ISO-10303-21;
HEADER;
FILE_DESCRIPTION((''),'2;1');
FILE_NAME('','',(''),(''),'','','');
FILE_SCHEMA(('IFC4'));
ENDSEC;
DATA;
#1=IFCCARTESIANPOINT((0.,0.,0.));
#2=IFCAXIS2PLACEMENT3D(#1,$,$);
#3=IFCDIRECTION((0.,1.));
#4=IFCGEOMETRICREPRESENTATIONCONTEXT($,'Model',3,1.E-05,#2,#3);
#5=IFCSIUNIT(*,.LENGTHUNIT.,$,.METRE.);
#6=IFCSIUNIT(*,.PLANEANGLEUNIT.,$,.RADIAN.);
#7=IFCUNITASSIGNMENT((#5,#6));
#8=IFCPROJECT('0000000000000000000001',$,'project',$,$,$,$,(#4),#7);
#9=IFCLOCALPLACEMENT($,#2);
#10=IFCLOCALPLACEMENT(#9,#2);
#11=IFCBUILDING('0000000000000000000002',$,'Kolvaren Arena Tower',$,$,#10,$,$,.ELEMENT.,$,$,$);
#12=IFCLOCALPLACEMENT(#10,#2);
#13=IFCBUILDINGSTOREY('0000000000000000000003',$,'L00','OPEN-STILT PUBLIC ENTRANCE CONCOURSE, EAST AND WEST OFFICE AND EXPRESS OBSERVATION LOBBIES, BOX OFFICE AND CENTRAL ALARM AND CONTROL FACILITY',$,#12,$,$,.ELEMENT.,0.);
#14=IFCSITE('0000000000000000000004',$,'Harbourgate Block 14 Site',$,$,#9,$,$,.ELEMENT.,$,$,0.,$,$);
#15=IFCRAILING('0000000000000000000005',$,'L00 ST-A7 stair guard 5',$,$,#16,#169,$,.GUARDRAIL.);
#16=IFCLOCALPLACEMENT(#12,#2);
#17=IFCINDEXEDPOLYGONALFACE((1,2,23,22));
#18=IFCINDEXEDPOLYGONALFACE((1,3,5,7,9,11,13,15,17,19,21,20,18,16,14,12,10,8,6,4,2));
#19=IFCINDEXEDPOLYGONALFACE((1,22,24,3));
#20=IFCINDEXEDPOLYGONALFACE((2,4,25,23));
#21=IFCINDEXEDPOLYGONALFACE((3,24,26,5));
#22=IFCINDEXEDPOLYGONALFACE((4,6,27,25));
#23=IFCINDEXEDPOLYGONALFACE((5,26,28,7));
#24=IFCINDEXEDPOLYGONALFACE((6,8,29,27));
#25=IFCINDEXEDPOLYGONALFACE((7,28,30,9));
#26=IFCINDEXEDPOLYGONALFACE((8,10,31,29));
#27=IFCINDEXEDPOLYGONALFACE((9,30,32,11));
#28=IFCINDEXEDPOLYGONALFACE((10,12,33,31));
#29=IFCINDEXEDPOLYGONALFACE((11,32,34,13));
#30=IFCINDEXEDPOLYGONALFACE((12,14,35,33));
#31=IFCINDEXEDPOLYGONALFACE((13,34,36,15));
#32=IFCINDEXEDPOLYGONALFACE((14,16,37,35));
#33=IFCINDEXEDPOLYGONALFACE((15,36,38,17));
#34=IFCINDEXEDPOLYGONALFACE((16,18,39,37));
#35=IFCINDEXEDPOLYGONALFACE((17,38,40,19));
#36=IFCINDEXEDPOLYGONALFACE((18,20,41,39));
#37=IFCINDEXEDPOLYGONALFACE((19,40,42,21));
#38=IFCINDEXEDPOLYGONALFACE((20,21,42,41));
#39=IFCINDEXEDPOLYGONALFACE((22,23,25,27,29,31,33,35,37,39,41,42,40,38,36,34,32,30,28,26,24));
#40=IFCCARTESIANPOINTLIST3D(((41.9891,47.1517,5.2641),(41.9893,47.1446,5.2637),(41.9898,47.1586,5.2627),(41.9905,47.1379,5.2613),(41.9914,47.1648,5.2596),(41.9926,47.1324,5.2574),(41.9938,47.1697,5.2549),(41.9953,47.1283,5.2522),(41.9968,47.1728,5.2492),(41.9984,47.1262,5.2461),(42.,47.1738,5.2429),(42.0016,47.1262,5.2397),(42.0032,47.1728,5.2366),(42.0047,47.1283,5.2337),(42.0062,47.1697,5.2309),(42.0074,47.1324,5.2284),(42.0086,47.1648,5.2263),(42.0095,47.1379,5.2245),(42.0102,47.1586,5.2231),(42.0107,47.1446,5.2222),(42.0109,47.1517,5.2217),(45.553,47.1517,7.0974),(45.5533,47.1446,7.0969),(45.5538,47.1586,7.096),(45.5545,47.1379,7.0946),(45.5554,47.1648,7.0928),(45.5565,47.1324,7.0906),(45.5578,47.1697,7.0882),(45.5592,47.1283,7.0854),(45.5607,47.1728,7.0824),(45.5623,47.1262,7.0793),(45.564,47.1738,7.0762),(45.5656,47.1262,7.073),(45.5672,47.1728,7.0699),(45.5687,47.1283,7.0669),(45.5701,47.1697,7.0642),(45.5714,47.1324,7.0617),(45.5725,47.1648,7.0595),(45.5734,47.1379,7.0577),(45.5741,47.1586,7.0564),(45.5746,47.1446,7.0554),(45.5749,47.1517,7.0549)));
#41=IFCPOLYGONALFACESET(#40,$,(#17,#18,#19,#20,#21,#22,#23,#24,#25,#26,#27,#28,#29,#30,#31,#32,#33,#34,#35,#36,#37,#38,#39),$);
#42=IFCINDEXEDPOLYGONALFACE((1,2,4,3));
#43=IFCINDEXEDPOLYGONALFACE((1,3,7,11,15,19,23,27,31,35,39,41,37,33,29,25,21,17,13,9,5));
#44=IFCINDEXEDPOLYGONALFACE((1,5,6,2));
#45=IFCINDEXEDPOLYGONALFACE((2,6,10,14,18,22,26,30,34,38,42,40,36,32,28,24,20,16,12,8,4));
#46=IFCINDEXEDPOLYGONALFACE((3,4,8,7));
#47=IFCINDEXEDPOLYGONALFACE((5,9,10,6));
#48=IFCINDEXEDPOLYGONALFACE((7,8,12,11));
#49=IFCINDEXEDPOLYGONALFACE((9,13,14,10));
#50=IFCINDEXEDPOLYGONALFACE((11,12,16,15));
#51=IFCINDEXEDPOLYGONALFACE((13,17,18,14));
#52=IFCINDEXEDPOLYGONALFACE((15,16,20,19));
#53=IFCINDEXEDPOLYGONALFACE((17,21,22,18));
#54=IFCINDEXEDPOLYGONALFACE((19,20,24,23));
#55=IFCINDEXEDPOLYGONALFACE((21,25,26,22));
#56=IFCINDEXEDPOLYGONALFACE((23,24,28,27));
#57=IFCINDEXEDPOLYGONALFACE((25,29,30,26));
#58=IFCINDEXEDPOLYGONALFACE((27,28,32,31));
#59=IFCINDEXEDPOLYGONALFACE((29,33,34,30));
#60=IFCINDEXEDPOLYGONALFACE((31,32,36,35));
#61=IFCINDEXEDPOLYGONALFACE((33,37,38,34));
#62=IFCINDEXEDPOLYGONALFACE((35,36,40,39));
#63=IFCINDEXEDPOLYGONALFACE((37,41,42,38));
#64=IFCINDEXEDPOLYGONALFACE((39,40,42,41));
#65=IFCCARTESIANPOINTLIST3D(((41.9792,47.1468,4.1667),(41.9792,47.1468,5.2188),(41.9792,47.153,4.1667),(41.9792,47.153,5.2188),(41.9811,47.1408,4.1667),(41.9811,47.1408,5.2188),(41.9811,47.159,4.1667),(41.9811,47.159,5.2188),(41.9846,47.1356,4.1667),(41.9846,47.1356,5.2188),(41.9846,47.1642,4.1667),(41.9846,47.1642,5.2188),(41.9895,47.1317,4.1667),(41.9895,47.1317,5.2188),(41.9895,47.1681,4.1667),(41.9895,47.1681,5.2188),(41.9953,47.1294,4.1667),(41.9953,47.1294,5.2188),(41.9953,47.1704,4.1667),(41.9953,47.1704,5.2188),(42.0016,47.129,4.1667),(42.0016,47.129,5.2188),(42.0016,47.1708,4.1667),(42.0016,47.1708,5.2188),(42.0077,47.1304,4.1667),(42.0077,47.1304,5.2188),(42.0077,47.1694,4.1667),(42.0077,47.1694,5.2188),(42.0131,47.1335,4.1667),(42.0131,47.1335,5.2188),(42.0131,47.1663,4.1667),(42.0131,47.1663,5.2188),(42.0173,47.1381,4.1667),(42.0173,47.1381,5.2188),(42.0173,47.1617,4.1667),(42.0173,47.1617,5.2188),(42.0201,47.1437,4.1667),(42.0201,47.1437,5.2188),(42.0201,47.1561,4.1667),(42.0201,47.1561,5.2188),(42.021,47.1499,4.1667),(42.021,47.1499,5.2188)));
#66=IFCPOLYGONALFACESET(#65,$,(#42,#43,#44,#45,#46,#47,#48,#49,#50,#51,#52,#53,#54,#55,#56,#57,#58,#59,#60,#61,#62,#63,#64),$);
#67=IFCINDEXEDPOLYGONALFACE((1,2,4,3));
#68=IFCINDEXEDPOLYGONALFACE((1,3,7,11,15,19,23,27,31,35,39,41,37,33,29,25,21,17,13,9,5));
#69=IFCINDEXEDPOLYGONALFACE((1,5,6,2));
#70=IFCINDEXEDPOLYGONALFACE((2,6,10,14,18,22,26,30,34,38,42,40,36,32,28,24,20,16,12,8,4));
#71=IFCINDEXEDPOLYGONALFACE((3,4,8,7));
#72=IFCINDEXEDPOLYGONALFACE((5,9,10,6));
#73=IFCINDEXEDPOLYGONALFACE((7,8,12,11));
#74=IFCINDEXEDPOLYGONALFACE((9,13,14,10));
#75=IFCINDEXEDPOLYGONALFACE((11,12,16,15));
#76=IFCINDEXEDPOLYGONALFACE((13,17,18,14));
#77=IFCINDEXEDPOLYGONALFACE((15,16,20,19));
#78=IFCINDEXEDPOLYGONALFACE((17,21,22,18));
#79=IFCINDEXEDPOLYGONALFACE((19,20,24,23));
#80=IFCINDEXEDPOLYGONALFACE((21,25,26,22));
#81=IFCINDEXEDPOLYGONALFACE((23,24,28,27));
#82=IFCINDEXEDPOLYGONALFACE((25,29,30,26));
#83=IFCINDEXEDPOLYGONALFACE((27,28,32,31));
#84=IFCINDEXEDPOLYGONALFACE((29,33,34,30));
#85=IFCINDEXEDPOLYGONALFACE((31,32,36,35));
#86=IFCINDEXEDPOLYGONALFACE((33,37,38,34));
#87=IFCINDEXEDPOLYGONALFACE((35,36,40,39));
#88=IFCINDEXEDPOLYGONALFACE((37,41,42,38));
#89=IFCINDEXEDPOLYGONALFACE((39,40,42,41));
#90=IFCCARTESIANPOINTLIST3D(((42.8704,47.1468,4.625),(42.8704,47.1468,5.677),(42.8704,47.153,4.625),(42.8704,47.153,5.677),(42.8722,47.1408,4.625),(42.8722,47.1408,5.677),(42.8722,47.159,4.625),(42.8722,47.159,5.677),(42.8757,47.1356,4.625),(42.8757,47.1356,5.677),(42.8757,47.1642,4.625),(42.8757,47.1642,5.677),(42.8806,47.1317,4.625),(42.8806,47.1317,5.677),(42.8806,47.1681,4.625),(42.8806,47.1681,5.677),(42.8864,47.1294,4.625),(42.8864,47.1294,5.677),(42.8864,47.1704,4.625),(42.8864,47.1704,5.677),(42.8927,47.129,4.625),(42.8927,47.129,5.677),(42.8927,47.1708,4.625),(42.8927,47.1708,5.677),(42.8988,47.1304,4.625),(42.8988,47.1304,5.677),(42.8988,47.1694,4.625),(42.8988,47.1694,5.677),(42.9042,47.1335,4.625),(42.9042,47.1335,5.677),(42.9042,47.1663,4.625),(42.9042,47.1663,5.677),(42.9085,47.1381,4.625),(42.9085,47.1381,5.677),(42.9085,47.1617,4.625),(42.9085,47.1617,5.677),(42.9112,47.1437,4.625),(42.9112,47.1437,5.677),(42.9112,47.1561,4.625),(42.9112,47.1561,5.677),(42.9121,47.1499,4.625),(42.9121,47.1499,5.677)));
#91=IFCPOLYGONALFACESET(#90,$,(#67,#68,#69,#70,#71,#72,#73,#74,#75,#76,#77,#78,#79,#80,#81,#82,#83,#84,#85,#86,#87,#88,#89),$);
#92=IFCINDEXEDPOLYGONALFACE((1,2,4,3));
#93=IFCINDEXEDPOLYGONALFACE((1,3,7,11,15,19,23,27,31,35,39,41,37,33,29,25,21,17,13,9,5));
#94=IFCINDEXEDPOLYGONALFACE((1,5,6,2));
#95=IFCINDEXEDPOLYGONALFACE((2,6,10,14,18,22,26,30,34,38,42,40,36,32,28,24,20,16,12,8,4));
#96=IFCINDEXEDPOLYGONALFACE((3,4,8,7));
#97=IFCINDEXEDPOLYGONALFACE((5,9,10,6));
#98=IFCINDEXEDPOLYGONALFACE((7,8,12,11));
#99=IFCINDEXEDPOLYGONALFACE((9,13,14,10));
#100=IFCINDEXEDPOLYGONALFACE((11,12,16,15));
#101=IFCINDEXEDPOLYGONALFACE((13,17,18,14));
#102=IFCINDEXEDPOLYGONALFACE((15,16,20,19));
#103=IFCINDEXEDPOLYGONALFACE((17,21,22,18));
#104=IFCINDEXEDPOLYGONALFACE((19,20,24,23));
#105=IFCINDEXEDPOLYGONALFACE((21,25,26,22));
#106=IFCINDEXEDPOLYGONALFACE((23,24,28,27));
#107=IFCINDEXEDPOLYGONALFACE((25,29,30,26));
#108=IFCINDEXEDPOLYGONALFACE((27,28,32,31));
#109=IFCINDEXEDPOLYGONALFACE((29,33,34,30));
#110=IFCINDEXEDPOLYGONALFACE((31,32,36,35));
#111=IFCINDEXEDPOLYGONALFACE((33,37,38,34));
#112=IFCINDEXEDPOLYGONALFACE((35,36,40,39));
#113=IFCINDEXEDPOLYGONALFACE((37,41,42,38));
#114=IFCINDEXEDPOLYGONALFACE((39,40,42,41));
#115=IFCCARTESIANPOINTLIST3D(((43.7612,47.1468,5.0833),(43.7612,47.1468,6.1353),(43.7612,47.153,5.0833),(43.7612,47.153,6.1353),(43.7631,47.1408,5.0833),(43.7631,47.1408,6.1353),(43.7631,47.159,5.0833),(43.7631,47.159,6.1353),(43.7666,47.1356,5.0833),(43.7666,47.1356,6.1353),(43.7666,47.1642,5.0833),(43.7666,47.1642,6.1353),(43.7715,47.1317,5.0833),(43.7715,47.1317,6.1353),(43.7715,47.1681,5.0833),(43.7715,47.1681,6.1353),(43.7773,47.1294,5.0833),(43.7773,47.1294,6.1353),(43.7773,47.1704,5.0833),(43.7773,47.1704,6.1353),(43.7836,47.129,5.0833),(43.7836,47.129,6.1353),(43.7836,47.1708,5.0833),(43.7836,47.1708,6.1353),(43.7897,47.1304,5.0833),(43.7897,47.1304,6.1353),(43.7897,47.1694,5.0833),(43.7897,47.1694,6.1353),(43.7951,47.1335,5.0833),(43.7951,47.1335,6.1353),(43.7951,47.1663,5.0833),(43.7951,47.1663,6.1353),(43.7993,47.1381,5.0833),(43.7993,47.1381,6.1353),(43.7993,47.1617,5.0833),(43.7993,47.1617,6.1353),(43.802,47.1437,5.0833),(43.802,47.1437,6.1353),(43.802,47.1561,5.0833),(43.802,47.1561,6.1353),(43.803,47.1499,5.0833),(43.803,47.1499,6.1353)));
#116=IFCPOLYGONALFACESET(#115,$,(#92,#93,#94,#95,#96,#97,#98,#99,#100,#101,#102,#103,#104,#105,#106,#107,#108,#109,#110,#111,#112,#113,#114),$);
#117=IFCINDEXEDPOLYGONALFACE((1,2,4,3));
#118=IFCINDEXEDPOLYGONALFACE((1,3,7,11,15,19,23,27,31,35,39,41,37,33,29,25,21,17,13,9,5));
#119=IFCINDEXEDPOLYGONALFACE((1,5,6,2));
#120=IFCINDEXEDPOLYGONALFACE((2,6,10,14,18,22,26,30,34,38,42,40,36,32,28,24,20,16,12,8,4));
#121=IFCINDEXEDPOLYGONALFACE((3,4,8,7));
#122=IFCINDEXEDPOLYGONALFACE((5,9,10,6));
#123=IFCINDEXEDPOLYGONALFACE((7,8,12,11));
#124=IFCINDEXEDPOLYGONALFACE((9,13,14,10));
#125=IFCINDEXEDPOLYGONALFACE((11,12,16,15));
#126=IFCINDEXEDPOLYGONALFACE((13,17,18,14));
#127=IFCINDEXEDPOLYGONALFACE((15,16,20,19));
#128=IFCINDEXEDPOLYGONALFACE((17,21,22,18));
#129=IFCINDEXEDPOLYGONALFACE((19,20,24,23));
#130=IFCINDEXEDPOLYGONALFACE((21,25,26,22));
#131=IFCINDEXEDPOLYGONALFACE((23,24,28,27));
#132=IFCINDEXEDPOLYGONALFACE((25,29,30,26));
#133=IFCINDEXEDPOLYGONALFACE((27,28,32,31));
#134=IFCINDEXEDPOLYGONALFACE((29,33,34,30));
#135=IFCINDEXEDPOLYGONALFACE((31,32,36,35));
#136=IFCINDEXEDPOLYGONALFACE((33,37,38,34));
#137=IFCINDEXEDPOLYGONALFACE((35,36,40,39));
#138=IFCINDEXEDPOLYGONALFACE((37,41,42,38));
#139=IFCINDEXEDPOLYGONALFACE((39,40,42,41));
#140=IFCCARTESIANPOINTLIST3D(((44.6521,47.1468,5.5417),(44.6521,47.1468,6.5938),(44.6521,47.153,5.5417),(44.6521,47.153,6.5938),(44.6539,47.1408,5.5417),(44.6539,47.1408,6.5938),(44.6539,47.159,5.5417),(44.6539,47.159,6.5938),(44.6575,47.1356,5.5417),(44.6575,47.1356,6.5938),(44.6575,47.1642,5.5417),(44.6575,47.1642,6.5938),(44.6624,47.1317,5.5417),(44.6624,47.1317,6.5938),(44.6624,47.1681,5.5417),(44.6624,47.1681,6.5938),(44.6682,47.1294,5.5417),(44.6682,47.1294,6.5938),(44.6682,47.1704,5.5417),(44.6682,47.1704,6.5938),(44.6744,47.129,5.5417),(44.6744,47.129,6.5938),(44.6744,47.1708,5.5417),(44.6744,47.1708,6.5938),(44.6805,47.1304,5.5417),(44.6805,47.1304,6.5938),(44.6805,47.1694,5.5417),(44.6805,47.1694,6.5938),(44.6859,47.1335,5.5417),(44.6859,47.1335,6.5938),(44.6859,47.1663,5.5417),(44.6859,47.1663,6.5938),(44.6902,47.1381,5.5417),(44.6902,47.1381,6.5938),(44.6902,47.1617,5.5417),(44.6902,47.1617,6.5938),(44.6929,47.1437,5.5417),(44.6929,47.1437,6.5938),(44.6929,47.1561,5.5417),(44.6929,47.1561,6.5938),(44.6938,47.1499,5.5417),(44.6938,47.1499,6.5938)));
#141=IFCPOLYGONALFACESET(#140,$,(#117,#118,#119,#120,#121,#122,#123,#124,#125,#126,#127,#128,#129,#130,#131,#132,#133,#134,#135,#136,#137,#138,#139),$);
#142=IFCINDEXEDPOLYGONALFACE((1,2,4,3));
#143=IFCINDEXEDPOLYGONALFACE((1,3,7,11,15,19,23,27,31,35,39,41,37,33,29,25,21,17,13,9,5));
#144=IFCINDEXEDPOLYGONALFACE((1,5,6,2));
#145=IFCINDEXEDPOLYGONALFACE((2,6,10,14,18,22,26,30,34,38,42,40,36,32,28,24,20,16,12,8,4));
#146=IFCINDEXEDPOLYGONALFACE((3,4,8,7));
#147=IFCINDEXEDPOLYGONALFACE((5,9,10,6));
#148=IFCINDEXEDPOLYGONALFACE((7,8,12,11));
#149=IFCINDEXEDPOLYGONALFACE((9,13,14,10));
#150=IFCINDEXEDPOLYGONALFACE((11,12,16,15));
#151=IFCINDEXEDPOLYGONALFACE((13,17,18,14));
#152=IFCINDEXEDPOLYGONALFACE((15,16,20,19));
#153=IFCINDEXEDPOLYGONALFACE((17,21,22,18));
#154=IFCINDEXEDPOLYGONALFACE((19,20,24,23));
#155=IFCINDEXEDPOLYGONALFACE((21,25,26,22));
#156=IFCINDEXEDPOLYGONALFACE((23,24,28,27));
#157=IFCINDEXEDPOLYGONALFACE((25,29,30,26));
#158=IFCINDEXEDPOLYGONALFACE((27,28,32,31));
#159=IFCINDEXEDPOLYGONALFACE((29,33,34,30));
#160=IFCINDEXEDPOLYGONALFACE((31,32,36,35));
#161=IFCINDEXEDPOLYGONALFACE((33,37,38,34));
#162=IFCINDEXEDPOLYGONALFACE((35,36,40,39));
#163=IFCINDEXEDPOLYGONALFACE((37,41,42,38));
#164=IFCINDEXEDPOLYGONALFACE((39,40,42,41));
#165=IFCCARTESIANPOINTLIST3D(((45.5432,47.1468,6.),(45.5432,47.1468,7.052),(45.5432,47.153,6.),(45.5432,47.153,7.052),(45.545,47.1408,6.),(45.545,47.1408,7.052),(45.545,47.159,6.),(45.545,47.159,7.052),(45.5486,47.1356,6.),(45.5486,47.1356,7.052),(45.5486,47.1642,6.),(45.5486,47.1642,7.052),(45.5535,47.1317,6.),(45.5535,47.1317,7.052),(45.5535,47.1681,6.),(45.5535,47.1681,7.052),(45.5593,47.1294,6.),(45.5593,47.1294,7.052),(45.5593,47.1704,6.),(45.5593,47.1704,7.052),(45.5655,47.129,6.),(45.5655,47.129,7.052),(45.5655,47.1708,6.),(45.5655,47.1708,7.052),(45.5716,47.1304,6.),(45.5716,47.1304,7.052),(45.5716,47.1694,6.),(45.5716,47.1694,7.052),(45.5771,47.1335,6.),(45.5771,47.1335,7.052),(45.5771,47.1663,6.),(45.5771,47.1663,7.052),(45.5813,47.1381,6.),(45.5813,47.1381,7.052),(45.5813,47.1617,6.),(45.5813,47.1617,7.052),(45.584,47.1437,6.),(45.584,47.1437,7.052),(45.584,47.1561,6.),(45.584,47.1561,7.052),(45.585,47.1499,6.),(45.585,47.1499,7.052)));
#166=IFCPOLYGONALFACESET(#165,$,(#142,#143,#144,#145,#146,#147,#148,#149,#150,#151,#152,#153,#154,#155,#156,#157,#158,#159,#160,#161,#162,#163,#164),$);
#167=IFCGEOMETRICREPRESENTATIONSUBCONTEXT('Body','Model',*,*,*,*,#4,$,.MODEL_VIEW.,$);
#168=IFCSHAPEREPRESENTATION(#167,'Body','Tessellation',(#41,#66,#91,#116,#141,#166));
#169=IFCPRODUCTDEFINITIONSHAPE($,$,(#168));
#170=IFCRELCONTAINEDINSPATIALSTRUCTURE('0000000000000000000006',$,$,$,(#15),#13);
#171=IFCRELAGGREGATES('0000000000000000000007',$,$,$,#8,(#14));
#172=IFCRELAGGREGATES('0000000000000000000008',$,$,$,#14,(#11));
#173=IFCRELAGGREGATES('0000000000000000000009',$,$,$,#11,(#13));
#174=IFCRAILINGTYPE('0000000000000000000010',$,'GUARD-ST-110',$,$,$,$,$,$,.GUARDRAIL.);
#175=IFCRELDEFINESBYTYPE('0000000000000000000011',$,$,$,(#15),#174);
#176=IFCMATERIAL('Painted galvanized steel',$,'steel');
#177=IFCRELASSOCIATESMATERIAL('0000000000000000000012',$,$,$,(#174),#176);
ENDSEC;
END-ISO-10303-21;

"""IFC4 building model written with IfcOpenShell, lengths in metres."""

from ifc_helpers import new_model, si_unit, direction, frame, origin, origin_2d, place, context, subcontext, project, spatial, circle, extrude, material, type_object, element, save


model = new_model("IFC4")

# Units and contexts
model_context = context("Model", 3, precision=1e-05, world=origin(), true_north=direction((0.0, 1.0)))
body_context = subcontext(model_context, "Body", "Model", "MODEL_VIEW")
ifc_project = project(units=[si_unit("LENGTHUNIT", "METRE"), si_unit("PLANEANGLEUNIT", "RADIAN")], contexts=[model_context])

# Site, building, storey
site_placement = place(None, origin())
site = spatial("IfcSite", under=ifc_project, at=site_placement, Name="Harbourgate Block 14 Site", CompositionType="ELEMENT", RefElevation=0.0)
building_placement = place(site_placement, origin())
building = spatial("IfcBuilding", under=site, at=building_placement, Name="Kolvaren Arena Tower", CompositionType="ELEMENT")
storey_placement = place(building_placement, origin())
storey = spatial("IfcBuildingStorey", under=building, at=storey_placement, Name="L00", Description="OPEN-STILT PUBLIC ENTRANCE CONCOURSE, EAST AND WEST OFFICE AND EXPRESS OBSERVATION LOBBIES, BOX OFFICE AND CENTRAL ALARM AND CONTROL FACILITY", CompositionType="ELEMENT", Elevation=0.0)

# Railing
ifc_material_1 = material(Name="Painted galvanized steel", Category="steel")
railing_type_1 = type_object("IfcRailingType", Name="GUARD-ST-110", PredefinedType="GUARDRAIL", material=ifc_material_1)
railing_1_placement = place(storey_placement, frame((42.0, 47.1499, 4.1667)))
element("IfcRailing", 1, at=railing_1_placement, inside=storey, type_object=railing_type_1, Name="L00 ST-A7 stair guard 5", PredefinedType="GUARDRAIL", context=body_context, shape_type="SweptSolid", body=[
    extrude(circle(Radius=0.0239, at=origin_2d()), frame((0.0, 0.0, 1.0762), z_axis=(0.889252, 0.0, 0.457418), x_axis=(0.0, 1.0, 0.0)), (0.0, 0.0, 1.0), 4.0078),
    extrude(circle(Radius=0.021, at=origin_2d()), origin(), (0.0, 0.0, 1.0), 1.052),
    extrude(circle(Radius=0.021, at=origin_2d()), frame((0.8911, 0.0, 0.4583)), (0.0, 0.0, 1.0), 1.052),
    extrude(circle(Radius=0.021, at=origin_2d()), frame((1.782, 0.0, 0.9165)), (0.0, 0.0, 1.0), 1.052),
    extrude(circle(Radius=0.021, at=origin_2d()), frame((2.6729, 0.0, 1.375)), (0.0, 0.0, 1.0), 1.052),
    extrude(circle(Radius=0.021, at=origin_2d()), frame((3.564, 0.0, 1.8333)), (0.0, 0.0, 1.0), 1.052),
])

save(model, "model.ifc")
